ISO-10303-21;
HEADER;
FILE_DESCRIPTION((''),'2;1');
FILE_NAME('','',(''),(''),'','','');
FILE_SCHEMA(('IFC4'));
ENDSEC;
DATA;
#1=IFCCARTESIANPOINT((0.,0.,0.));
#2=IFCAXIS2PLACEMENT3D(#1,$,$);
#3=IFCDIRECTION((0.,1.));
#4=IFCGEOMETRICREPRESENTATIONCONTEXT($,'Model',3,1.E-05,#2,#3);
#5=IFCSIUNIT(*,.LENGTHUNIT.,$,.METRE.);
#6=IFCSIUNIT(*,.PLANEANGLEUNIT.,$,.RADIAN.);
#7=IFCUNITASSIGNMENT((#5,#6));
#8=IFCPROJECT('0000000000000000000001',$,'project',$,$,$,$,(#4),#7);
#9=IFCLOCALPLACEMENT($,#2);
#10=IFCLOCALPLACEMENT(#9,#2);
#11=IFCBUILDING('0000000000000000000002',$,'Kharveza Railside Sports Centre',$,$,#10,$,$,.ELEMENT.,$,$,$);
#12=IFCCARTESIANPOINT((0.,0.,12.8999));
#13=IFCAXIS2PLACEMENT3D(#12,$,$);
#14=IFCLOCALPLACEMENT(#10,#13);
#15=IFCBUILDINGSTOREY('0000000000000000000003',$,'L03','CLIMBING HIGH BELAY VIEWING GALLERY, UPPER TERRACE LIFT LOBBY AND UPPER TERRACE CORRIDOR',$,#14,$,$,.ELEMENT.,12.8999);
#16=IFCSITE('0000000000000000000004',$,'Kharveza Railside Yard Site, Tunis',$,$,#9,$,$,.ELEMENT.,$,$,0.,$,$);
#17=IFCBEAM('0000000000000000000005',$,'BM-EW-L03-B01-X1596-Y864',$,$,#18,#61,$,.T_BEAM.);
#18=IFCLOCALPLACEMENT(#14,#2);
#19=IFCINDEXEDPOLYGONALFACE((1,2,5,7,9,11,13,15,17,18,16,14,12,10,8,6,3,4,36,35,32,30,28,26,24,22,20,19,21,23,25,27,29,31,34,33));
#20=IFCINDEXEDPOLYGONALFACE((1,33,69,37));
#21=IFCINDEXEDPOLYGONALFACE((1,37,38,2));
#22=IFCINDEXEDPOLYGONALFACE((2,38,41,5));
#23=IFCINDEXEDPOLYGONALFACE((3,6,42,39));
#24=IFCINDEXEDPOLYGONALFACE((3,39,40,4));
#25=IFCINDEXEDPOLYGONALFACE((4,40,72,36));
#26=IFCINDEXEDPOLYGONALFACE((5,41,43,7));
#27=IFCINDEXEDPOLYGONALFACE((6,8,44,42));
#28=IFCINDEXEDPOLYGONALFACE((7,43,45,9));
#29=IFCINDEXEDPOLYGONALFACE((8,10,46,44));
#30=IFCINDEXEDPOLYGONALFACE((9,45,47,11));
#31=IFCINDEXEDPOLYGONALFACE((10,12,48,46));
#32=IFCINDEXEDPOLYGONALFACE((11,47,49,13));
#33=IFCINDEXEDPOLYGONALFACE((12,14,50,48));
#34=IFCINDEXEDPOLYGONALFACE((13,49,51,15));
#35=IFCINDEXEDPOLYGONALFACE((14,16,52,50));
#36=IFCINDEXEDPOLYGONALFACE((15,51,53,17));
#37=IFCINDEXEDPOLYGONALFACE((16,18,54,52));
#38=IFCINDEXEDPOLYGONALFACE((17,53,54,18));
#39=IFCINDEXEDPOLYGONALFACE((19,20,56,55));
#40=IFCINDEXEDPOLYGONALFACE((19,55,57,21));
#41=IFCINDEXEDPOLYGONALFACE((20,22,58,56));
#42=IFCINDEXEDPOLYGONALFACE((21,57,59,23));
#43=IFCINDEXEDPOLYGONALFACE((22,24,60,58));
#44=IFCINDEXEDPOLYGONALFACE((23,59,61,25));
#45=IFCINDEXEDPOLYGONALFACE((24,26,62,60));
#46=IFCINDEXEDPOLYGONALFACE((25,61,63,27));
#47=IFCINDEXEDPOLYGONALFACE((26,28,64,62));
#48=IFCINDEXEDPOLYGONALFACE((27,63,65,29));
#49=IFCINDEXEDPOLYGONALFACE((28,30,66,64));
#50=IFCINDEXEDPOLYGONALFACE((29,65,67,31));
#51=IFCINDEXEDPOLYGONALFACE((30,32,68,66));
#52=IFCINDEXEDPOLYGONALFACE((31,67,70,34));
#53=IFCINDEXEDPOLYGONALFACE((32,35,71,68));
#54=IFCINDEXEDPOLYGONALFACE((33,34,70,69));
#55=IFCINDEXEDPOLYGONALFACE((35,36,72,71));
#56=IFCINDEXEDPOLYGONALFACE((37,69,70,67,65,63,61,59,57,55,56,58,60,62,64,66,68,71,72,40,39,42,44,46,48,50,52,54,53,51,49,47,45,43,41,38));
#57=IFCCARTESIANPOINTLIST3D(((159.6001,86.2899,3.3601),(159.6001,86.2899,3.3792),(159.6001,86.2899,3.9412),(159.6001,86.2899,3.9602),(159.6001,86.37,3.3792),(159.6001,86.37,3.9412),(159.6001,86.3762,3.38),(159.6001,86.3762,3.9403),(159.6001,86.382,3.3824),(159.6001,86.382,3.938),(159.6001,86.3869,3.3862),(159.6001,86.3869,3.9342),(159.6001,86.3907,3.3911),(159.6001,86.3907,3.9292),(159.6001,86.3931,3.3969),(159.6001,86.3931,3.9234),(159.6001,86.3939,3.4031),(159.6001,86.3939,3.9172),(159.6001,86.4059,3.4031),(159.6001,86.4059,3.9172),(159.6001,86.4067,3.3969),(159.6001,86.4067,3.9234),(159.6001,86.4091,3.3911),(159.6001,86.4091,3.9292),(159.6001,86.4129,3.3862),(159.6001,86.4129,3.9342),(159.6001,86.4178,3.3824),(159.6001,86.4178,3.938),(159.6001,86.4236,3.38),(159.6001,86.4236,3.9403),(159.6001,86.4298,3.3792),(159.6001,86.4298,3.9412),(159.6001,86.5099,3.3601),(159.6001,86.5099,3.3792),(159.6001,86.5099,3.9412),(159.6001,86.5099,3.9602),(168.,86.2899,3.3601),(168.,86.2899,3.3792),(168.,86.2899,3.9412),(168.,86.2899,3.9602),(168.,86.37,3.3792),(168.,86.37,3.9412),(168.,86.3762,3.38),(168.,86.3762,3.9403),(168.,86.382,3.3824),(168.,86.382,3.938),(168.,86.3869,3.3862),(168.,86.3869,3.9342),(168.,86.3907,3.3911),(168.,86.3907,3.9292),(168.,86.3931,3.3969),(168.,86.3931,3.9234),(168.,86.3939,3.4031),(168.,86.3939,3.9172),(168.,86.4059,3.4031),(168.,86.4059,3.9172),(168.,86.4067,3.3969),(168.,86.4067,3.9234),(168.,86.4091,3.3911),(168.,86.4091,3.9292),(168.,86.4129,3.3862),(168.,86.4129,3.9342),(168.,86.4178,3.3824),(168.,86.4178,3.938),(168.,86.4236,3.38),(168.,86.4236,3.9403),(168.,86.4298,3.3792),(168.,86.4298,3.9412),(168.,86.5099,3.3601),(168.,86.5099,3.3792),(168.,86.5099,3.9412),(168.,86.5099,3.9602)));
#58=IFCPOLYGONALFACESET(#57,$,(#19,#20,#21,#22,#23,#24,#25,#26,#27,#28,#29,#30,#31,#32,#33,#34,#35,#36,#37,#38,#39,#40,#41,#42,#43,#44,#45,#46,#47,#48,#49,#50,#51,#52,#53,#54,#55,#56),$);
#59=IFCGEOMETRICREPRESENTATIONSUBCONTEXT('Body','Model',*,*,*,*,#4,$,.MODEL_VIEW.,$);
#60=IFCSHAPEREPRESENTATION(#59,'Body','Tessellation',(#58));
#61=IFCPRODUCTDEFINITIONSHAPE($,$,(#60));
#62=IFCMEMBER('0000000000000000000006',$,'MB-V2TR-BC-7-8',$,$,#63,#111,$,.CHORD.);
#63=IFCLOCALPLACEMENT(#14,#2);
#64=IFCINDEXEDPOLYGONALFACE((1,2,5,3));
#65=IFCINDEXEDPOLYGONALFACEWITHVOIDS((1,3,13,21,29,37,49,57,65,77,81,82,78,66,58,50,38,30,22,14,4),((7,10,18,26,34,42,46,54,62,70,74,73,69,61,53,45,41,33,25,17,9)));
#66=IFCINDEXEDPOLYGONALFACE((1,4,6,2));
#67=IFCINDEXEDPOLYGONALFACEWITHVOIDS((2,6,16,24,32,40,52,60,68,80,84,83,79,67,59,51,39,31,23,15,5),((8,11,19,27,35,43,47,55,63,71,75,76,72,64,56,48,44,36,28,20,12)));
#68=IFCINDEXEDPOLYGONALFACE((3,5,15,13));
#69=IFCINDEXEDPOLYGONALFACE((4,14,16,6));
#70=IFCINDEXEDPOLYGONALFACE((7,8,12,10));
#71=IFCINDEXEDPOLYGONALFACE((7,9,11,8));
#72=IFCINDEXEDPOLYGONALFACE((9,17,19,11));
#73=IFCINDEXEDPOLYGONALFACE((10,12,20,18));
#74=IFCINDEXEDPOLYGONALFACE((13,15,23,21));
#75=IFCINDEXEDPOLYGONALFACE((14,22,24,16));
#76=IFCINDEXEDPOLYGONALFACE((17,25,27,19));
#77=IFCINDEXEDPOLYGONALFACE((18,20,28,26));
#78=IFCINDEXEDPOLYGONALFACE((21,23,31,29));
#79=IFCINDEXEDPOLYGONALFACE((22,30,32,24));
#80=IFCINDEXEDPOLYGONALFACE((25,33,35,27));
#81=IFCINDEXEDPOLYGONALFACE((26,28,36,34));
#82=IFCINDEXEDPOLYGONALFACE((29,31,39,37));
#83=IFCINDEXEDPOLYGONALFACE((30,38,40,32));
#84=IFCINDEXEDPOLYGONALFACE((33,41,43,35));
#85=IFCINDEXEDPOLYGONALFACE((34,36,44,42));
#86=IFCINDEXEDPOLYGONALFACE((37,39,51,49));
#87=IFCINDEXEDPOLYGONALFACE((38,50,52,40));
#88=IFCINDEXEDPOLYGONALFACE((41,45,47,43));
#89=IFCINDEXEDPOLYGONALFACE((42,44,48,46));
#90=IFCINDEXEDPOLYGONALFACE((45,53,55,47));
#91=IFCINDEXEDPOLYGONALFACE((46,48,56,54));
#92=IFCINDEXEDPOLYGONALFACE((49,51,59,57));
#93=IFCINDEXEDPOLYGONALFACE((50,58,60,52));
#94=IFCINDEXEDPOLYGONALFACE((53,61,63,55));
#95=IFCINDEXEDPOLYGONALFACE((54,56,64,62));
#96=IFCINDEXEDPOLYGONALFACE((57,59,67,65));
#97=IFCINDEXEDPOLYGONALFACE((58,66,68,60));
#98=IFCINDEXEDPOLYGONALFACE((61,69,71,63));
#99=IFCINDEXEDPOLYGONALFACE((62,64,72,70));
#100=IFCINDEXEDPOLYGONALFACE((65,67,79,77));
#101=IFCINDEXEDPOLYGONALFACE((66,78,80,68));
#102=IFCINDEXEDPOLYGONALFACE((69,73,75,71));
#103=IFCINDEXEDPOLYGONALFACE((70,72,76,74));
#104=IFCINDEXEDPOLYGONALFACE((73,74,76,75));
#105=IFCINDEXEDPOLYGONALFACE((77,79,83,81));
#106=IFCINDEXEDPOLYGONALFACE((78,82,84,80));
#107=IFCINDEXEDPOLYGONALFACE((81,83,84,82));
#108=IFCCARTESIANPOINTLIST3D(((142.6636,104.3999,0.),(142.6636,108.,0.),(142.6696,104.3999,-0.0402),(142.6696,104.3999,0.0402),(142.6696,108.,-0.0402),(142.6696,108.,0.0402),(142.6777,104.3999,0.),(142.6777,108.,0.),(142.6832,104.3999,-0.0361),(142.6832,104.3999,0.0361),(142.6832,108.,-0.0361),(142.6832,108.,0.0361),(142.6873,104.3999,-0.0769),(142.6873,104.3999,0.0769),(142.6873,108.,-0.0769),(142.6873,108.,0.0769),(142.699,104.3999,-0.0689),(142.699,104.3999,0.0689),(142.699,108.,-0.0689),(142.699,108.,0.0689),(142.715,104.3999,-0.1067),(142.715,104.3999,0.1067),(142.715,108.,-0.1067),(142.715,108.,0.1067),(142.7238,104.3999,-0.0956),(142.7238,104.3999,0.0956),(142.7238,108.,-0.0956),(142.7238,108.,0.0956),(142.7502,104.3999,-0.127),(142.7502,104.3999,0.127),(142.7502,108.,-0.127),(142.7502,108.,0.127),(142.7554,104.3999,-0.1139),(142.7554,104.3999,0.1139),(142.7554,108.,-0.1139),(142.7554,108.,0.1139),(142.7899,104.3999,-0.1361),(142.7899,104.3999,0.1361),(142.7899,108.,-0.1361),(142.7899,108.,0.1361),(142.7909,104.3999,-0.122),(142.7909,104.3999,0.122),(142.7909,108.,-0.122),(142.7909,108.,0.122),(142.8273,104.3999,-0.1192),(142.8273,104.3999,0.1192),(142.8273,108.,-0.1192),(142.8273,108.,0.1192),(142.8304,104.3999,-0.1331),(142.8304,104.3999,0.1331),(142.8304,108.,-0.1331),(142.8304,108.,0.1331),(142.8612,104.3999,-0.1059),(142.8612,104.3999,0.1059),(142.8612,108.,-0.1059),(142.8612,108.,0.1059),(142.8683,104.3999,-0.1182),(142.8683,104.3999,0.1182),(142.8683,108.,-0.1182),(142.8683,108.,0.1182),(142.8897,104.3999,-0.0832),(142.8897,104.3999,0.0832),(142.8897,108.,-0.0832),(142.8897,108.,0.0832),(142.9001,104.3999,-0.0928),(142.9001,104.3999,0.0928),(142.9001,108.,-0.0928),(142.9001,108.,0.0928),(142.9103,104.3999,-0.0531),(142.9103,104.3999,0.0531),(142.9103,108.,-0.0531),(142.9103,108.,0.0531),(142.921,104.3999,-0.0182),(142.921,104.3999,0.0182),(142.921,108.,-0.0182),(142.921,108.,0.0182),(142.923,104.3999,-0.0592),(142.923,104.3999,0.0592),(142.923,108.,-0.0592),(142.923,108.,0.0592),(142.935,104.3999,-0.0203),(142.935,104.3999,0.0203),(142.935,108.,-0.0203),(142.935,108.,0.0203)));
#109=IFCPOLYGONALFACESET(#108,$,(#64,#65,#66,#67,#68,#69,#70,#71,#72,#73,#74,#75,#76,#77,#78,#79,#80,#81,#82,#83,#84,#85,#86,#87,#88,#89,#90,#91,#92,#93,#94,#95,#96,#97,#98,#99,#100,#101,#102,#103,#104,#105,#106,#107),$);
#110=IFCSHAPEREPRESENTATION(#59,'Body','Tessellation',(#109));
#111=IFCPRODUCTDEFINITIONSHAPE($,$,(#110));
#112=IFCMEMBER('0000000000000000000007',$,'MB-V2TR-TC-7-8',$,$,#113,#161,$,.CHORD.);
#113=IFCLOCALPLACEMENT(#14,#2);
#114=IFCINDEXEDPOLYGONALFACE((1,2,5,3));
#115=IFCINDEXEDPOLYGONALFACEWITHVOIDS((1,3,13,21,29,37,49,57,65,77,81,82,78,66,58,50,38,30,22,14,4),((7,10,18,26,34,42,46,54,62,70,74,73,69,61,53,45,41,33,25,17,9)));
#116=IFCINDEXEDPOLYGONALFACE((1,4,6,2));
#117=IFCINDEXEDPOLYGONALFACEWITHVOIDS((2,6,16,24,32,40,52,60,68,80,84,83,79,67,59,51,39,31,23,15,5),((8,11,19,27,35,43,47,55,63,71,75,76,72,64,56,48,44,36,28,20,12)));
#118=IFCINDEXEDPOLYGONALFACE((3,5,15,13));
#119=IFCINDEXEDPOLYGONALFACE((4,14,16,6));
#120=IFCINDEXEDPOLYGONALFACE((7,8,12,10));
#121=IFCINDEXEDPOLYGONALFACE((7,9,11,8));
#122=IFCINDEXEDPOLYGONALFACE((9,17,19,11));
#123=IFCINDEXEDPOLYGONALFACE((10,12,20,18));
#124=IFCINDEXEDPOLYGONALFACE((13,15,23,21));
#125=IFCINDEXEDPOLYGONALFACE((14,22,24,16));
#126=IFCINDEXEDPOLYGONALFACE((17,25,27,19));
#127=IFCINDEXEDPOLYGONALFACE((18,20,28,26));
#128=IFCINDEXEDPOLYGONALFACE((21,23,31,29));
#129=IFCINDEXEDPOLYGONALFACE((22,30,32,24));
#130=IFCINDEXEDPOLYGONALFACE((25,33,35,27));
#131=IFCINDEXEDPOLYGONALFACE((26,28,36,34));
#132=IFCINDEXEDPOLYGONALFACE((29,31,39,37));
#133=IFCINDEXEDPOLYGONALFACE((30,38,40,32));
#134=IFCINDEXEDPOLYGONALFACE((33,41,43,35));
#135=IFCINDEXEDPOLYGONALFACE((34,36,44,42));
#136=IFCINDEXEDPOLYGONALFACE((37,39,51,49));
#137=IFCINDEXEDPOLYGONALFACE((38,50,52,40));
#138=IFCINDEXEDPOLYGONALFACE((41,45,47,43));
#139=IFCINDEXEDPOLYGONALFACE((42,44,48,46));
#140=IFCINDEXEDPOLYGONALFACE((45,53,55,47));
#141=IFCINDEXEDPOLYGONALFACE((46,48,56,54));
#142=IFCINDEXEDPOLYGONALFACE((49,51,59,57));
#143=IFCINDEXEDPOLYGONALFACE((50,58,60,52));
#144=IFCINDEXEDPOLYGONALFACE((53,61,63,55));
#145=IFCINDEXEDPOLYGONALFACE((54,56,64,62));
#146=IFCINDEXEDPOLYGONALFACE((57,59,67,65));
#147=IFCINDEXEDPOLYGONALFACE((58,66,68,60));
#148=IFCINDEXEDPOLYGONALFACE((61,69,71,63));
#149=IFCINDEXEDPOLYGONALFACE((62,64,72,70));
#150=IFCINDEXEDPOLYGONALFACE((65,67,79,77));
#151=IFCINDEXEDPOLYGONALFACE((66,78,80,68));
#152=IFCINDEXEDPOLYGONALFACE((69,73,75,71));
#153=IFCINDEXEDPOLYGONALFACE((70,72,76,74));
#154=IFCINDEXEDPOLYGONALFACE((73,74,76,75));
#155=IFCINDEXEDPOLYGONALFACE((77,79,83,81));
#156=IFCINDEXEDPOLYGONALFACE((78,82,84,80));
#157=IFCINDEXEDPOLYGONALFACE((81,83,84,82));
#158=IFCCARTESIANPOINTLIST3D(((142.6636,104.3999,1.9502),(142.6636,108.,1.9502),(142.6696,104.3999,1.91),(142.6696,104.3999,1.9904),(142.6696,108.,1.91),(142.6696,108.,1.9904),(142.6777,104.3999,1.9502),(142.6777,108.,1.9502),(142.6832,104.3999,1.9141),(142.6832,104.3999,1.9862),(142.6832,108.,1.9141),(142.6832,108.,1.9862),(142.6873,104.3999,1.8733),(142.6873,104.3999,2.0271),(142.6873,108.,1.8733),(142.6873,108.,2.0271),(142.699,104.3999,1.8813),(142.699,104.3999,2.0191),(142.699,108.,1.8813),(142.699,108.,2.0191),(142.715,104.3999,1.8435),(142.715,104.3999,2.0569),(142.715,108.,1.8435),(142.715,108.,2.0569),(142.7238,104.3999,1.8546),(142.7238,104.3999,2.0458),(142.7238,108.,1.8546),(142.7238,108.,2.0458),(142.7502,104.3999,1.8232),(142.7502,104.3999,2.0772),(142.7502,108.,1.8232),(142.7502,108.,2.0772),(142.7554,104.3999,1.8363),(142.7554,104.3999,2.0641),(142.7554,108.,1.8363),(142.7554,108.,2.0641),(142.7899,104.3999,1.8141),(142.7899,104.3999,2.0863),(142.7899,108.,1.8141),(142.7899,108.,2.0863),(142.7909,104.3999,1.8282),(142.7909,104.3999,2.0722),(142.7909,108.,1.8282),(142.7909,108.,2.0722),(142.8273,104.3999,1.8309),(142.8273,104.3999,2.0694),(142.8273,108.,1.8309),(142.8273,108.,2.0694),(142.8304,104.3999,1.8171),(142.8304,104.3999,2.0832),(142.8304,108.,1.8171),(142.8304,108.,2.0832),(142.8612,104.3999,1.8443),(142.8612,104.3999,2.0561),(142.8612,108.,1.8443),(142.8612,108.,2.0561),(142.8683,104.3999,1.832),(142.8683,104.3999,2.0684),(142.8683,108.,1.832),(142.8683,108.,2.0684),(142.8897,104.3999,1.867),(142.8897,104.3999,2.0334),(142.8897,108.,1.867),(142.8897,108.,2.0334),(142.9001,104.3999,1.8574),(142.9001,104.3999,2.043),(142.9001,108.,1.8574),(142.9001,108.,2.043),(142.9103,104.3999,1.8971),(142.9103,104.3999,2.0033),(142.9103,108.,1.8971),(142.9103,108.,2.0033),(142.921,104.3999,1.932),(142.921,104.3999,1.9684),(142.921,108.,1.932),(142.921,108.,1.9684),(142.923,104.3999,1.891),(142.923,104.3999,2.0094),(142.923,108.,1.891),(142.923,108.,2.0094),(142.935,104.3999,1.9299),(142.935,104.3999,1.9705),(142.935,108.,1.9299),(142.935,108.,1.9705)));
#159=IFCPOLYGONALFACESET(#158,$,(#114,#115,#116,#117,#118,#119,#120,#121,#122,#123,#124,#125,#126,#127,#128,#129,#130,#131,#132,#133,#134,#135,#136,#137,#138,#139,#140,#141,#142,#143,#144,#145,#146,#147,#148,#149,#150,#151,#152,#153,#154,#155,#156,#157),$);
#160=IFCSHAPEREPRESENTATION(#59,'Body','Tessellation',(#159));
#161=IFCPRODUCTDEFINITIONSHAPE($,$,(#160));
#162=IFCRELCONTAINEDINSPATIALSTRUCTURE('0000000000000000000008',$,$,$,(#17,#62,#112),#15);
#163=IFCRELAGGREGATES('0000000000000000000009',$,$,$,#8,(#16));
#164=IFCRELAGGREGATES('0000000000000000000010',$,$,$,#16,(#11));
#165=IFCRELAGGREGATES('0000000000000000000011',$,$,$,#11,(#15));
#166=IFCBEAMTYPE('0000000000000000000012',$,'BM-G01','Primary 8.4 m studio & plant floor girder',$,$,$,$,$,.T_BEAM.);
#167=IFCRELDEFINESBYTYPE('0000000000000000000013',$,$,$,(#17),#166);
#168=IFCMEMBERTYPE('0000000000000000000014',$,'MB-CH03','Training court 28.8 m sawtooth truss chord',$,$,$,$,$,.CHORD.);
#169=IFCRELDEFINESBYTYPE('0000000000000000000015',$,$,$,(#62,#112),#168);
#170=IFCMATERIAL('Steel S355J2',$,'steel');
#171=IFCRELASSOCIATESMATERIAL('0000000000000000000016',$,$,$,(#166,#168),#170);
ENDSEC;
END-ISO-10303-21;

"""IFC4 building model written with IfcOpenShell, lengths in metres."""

from ifc_helpers import new_model, si_unit, direction, frame, origin, origin_2d, place, context, subcontext, project, spatial, hollow_circle, i_section, extrude, material, material_profile, profile_set, type_object, element, save


model = new_model("IFC4")

# Units and contexts
model_context = context("Model", 3, precision=1e-05, world=origin(), true_north=direction((0.0, 1.0)))
body_context = subcontext(model_context, "Body", "Model", "MODEL_VIEW")
ifc_project = project(units=[si_unit("LENGTHUNIT", "METRE"), si_unit("PLANEANGLEUNIT", "RADIAN")], contexts=[model_context])

# Site, building, storey
site_placement = place(None, origin())
site = spatial("IfcSite", under=ifc_project, at=site_placement, Name="Kharveza Railside Yard Site, Tunis", CompositionType="ELEMENT", RefElevation=0.0)
building_placement = place(site_placement, origin())
building = spatial("IfcBuilding", under=site, at=building_placement, Name="Kharveza Railside Sports Centre", CompositionType="ELEMENT")
storey_placement = place(building_placement, frame((0.0, 0.0, 12.8999)))
storey = spatial("IfcBuildingStorey", under=building, at=storey_placement, Name="L03", Description="CLIMBING HIGH BELAY VIEWING GALLERY, UPPER TERRACE LIFT LOBBY AND UPPER TERRACE CORRIDOR", CompositionType="ELEMENT", Elevation=12.8999)

# Shared definitions
ifc_material_1 = material(Name="Steel S355J2", Category="steel")

# Beam
ifc_material_profile_1 = material_profile(ifc_material_1, i_section(OverallWidth=0.22, OverallDepth=0.6001, WebThickness=0.012, FlangeThickness=0.019, FilletRadius=0.0239, at=origin_2d()), Name="IPE 600")
ifc_profile_set_1 = profile_set([ifc_material_profile_1], Name="Steel S355J2")
beam_type = type_object("IfcBeamType", Name="BM-G01", Description="Primary 8.4 m studio & plant floor girder", PredefinedType="T_BEAM", material=ifc_profile_set_1)
beam_1_placement = place(storey_placement, frame((159.6001, 86.3999, 3.6602), z_axis=(1.0, 0.0, 0.0), x_axis=(0.0, 1.0, 0.0)))
element("IfcBeam", 1, at=beam_1_placement, inside=storey, type_object=beam_type, Name="BM-EW-L03-B01-X1596-Y864", PredefinedType="T_BEAM", context=body_context, shape_type="SweptSolid", body=[
    extrude(i_section(OverallWidth=0.22, OverallDepth=0.6001, WebThickness=0.012, FlangeThickness=0.019, FilletRadius=0.0239, at=origin_2d()), origin(), (0.0, 0.0, 1.0), 8.3999),
])

# Members
ifc_material_profile_2 = material_profile(ifc_material_1, hollow_circle(Radius=0.1365, WallThickness=0.0142, at=origin_2d()), Name="CHS 273.0x14.2")
ifc_profile_set_2 = profile_set([ifc_material_profile_2], Name="Steel S355J2")
member_type_1 = type_object("IfcMemberType", Name="MB-CH03", Description="Training court 28.8 m sawtooth truss chord", PredefinedType="CHORD", material=ifc_profile_set_2)
for number, where, z_axis, x_axis, name in (
    (2, (142.8, 104.3999, 0.0), (0.0, 1.0, 0.0), (-1.0, 0.0, 0.0), "MB-V2TR-BC-7-8"),
    (3, (142.8, 104.3999, 1.9502), (0.0, 1.0, 0.0), (-1.0, 0.0, 0.0), "MB-V2TR-TC-7-8"),
):
    element("IfcMember", number, at=place(storey_placement, frame(where, z_axis=z_axis, x_axis=x_axis)), inside=storey, type_object=member_type_1, Name=name, PredefinedType="CHORD", context=body_context, shape_type="SweptSolid", body=[
        extrude(hollow_circle(Radius=0.1365, WallThickness=0.0142, at=origin_2d()), origin(), (0.0, 0.0, 1.0), 3.6001),
    ])

save(model, "model.ifc")
